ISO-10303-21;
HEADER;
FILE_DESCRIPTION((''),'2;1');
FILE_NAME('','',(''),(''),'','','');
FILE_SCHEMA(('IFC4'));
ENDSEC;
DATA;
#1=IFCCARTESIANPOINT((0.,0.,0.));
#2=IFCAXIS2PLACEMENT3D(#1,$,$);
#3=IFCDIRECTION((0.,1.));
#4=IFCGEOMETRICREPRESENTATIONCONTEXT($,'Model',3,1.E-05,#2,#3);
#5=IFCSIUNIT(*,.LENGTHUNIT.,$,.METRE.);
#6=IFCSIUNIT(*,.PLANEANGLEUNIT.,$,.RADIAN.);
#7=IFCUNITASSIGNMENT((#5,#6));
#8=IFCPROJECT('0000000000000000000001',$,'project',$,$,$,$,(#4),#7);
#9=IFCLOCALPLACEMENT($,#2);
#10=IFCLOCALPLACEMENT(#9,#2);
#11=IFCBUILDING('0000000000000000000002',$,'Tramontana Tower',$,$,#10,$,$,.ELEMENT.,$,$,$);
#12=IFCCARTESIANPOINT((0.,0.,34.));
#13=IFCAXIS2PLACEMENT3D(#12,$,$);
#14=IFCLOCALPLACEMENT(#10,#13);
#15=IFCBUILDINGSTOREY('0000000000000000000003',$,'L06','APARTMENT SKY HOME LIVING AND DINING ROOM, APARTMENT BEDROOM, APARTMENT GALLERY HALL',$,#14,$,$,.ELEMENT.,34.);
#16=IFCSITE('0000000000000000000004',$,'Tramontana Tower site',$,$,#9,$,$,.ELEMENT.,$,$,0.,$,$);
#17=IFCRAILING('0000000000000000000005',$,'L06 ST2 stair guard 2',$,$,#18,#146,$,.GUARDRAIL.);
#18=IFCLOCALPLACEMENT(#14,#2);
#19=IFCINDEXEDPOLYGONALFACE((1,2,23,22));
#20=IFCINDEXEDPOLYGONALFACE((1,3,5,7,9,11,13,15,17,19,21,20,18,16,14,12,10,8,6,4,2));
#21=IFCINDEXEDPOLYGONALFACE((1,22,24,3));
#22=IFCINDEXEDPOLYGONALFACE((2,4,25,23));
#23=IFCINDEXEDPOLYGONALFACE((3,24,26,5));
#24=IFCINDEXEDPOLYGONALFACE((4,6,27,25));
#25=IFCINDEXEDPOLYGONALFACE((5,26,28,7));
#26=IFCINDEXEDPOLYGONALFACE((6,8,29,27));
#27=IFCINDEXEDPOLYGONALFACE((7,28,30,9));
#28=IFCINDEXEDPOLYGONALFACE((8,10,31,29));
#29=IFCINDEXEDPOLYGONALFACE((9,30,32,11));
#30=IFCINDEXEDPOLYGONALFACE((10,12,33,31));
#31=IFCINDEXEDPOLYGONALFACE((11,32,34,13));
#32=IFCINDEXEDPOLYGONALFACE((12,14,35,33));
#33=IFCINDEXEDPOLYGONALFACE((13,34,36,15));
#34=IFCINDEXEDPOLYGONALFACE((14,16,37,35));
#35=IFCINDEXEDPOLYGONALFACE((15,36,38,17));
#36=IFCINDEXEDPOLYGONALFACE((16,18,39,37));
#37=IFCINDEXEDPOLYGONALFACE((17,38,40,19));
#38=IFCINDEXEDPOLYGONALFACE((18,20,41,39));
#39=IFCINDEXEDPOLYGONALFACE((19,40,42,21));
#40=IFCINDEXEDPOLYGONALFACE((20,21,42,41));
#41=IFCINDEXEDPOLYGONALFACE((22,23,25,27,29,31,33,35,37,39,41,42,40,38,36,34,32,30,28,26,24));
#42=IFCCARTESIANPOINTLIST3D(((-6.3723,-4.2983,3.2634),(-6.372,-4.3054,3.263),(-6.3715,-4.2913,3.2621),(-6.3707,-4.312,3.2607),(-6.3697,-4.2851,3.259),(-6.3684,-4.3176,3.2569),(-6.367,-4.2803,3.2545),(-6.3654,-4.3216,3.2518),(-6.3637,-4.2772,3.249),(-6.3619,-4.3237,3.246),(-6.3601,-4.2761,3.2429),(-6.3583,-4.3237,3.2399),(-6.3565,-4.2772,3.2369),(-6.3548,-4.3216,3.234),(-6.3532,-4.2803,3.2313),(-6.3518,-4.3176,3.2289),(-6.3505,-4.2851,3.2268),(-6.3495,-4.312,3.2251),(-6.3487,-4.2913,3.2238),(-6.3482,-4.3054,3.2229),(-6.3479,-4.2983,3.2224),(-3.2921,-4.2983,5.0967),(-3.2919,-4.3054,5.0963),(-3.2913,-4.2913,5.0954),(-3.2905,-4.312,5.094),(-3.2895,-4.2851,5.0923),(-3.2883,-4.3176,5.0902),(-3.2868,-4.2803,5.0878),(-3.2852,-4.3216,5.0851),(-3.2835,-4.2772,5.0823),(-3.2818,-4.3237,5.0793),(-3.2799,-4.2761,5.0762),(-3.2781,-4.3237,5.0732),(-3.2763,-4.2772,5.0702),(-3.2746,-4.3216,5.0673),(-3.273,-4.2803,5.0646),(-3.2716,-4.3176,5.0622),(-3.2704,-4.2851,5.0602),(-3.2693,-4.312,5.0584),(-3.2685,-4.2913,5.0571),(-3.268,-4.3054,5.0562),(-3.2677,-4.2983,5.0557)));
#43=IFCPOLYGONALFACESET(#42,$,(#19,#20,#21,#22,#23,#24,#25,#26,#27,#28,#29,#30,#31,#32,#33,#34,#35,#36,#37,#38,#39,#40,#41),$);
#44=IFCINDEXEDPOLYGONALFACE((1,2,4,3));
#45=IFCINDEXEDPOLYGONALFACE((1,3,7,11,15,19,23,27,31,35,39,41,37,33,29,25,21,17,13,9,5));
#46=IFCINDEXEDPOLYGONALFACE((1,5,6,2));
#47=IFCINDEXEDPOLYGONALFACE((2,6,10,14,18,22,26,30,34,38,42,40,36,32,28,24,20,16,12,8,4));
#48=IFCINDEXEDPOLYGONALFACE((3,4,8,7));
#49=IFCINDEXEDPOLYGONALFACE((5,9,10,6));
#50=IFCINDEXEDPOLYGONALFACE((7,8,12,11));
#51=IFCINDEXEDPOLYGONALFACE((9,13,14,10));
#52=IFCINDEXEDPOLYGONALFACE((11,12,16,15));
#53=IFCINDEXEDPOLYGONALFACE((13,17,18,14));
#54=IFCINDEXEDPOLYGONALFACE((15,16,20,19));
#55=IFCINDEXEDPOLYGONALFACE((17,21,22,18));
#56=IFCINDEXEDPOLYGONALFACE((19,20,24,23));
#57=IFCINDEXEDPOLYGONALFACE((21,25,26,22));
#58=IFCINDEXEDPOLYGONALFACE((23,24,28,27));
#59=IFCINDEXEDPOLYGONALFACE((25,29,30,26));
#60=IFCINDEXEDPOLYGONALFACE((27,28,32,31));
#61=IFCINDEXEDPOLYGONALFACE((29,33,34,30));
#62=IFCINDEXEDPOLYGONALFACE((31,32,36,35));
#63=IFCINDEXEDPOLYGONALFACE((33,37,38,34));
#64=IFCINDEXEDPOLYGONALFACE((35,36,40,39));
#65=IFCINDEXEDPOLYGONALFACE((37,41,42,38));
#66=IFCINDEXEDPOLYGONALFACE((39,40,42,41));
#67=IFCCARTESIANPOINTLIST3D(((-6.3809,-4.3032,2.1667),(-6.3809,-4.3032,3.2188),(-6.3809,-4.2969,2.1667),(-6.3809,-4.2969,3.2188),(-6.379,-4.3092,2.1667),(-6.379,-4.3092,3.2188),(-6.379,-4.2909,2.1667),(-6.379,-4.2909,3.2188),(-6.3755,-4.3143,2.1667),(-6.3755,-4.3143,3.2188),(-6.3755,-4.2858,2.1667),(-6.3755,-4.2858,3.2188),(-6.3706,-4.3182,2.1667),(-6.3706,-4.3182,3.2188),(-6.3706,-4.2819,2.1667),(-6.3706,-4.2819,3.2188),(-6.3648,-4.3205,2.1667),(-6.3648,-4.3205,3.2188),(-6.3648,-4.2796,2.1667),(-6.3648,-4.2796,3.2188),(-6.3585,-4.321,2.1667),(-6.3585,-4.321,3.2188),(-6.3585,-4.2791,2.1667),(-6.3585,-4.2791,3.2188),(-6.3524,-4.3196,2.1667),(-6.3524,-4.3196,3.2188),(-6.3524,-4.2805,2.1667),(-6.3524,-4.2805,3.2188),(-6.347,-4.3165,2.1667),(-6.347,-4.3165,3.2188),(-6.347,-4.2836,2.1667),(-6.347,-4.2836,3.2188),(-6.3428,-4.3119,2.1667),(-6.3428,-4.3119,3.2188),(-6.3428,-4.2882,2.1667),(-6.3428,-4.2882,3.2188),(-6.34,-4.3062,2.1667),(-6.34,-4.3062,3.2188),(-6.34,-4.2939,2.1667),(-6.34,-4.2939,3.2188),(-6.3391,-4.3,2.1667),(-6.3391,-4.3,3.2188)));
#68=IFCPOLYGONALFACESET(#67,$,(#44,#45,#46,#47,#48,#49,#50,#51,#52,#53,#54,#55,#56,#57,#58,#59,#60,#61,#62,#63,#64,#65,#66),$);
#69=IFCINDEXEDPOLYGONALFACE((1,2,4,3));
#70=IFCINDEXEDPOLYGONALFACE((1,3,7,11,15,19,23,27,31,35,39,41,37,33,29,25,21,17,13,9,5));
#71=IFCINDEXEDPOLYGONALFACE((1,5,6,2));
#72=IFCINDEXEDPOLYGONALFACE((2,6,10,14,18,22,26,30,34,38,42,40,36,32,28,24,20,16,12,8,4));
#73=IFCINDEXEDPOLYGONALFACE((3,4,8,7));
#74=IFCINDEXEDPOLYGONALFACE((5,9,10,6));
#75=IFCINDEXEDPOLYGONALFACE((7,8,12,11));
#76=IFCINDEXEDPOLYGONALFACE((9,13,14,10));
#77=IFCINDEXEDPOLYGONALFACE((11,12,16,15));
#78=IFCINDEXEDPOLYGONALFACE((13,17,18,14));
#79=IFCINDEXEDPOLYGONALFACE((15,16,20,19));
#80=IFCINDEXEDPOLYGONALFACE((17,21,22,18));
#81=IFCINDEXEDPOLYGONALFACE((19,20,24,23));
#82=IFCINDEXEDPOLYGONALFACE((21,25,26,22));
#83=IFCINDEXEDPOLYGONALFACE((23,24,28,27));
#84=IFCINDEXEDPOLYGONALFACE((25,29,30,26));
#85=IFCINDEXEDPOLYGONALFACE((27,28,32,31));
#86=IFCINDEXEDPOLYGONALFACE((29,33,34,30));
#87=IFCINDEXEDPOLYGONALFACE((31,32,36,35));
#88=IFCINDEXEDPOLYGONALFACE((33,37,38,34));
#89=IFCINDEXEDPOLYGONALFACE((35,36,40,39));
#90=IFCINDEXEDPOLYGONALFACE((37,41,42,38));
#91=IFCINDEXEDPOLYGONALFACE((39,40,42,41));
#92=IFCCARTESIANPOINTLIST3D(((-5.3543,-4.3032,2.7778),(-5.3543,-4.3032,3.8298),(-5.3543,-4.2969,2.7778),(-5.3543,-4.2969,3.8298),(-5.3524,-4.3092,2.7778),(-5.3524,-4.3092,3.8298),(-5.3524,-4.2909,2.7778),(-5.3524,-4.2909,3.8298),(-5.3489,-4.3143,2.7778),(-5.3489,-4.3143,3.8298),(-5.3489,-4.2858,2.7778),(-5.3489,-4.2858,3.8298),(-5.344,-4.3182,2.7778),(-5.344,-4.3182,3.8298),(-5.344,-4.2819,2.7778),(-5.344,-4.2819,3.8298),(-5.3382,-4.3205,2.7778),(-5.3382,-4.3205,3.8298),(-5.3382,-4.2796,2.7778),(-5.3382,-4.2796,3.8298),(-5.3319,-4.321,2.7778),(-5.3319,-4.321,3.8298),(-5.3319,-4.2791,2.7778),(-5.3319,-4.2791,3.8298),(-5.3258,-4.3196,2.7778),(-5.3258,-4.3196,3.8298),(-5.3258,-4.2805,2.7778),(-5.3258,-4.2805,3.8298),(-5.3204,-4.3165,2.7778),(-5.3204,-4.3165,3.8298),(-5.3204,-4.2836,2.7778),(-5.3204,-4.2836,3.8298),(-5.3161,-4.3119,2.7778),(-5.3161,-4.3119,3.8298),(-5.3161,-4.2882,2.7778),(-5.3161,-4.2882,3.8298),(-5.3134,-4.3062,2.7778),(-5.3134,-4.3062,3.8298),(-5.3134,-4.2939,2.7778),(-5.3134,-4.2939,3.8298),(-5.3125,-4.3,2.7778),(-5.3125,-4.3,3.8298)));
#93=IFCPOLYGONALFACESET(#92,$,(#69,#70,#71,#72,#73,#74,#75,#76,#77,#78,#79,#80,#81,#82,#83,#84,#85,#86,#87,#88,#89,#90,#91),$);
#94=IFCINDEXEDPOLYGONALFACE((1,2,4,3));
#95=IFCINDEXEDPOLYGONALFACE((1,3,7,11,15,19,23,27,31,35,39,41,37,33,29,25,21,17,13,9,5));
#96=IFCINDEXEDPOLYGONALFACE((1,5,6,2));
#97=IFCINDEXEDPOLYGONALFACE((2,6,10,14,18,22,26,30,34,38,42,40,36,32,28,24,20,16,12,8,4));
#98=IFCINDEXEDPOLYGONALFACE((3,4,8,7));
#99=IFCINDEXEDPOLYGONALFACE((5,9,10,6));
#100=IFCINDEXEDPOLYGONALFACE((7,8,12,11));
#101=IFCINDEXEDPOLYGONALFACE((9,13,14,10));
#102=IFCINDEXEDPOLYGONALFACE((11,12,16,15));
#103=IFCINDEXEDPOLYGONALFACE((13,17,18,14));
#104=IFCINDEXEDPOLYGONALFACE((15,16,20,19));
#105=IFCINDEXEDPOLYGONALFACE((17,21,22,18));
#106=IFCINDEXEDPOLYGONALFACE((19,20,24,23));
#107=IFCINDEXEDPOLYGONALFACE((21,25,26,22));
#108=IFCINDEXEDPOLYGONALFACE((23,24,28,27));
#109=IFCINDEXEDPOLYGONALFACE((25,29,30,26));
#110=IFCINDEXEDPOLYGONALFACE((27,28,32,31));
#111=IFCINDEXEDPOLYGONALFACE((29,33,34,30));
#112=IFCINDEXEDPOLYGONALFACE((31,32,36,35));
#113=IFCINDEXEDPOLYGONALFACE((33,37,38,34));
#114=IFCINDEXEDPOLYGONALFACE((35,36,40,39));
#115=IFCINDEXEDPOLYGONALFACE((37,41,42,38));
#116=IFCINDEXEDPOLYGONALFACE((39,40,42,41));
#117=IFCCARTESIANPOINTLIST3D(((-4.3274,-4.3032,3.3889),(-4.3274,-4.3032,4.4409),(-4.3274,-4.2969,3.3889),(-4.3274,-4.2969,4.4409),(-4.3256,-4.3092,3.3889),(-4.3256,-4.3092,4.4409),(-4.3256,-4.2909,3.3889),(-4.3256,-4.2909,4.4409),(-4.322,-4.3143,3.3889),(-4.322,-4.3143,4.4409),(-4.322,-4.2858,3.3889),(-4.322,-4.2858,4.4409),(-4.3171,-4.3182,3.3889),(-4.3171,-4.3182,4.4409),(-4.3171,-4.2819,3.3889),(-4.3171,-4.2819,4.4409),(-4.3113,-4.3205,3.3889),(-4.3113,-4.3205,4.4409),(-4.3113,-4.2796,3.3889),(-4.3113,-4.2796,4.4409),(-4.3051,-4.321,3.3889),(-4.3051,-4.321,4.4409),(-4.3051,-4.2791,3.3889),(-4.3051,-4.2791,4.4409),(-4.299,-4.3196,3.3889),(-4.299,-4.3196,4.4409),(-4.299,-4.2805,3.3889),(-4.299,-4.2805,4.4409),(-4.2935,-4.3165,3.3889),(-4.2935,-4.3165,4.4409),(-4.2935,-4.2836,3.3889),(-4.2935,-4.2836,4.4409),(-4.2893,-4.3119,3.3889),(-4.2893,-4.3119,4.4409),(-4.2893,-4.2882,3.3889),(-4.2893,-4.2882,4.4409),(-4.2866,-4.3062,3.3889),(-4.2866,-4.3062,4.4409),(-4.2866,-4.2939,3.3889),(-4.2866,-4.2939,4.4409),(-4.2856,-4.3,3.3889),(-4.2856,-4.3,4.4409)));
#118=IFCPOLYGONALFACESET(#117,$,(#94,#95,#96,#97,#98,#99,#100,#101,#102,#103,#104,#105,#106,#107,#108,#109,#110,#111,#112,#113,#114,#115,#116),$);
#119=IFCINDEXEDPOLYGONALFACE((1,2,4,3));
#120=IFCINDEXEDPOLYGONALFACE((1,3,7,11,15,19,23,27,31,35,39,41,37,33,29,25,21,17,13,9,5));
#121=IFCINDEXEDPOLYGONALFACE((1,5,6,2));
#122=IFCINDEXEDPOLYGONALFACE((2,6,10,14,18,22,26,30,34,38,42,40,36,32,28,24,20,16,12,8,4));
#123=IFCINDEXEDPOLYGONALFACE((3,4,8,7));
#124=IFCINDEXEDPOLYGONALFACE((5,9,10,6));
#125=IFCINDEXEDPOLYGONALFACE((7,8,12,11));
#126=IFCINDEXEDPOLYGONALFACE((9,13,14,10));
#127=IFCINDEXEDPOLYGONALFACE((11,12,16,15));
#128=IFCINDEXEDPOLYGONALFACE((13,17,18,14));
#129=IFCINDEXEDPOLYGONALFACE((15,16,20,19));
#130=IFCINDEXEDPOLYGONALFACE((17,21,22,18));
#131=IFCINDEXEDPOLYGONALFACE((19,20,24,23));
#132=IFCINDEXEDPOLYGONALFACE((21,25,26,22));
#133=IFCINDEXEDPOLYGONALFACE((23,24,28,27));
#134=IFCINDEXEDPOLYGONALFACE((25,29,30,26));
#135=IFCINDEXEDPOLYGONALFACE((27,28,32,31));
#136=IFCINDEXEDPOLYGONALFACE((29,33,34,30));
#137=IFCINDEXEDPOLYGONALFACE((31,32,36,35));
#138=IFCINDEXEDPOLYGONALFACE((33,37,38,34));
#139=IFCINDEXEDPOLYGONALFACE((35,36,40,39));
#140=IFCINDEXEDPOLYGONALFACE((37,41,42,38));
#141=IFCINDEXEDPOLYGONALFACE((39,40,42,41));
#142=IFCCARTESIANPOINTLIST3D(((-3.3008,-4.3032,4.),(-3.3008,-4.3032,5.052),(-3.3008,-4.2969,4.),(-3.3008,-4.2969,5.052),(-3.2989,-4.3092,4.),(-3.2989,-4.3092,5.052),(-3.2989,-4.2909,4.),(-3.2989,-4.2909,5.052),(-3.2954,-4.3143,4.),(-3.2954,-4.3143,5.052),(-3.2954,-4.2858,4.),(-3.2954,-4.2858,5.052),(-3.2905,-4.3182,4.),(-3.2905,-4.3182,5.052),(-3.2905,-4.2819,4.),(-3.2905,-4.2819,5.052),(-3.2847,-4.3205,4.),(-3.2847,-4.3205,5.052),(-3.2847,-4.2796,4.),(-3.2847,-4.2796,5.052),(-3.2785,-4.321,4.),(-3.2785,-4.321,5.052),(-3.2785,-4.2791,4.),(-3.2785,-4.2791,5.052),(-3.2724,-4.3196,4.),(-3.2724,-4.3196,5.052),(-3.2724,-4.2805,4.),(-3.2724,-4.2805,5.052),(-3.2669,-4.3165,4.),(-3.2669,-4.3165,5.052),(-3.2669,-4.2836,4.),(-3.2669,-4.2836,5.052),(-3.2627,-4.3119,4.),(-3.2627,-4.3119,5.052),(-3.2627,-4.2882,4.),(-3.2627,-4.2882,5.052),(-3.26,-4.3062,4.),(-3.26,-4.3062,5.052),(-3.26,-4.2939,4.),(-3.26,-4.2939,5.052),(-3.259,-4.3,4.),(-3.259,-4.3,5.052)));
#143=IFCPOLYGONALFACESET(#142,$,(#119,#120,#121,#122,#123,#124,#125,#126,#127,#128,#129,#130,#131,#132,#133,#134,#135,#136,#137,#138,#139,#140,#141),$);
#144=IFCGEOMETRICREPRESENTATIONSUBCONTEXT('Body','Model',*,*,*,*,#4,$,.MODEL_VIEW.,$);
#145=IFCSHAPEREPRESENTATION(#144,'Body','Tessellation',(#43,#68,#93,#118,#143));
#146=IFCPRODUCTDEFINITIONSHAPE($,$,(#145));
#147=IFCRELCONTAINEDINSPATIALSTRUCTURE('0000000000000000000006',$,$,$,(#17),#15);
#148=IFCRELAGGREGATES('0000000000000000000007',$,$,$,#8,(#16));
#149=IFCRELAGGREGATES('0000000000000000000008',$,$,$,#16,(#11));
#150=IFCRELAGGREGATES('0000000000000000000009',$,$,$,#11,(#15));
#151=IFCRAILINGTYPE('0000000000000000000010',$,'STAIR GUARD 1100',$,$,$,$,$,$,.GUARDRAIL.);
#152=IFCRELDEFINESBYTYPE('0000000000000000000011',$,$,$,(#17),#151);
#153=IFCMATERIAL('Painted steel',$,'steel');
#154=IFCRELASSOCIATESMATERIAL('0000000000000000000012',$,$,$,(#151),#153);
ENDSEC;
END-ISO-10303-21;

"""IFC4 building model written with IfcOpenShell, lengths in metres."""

from ifc_helpers import new_model, si_unit, direction, frame, origin, origin_2d, place, context, subcontext, project, spatial, circle, extrude, material, type_object, element, save


model = new_model("IFC4")

# Units and contexts
model_context = context("Model", 3, precision=1e-05, world=origin(), true_north=direction((0.0, 1.0)))
body_context = subcontext(model_context, "Body", "Model", "MODEL_VIEW")
ifc_project = project(units=[si_unit("LENGTHUNIT", "METRE"), si_unit("PLANEANGLEUNIT", "RADIAN")], contexts=[model_context])

# Site, building, storey
site_placement = place(None, origin())
site = spatial("IfcSite", under=ifc_project, at=site_placement, Name="Tramontana Tower site", CompositionType="ELEMENT", RefElevation=0.0)
building_placement = place(site_placement, origin())
building = spatial("IfcBuilding", under=site, at=building_placement, Name="Tramontana Tower", CompositionType="ELEMENT")
storey_placement = place(building_placement, frame((0.0, 0.0, 34.0)))
storey = spatial("IfcBuildingStorey", under=building, at=storey_placement, Name="L06", Description="APARTMENT SKY HOME LIVING AND DINING ROOM, APARTMENT BEDROOM, APARTMENT GALLERY HALL", CompositionType="ELEMENT", Elevation=34.0)

# Railing
ifc_material_1 = material(Name="Painted steel", Category="steel")
railing_type_1 = type_object("IfcRailingType", Name="STAIR GUARD 1100", PredefinedType="GUARDRAIL", material=ifc_material_1)
railing_1_placement = place(storey_placement, frame((-6.3601, -4.3, 2.1667)))
element("IfcRailing", 1, at=railing_1_placement, inside=storey, type_object=railing_type_1, Name="L06 ST2 stair guard 2", PredefinedType="GUARDRAIL", context=body_context, shape_type="SweptSolid", body=[
    extrude(circle(Radius=0.0239, at=origin_2d()), frame((0.0, 0.0, 1.0762), z_axis=(0.859309, 0.0, 0.511458), x_axis=(0.0, 1.0, 0.0)), (0.0, 0.0, 1.0), 3.5845),
    extrude(circle(Radius=0.021, at=origin_2d()), origin(), (0.0, 0.0, 1.0), 1.052),
    extrude(circle(Radius=0.021, at=origin_2d()), frame((1.0266, 0.0, 0.6111)), (0.0, 0.0, 1.0), 1.052),
    extrude(circle(Radius=0.021, at=origin_2d()), frame((2.0535, 0.0, 1.2222)), (0.0, 0.0, 1.0), 1.052),
    extrude(circle(Radius=0.021, at=origin_2d()), frame((3.0801, 0.0, 1.8333)), (0.0, 0.0, 1.0), 1.052),
])

save(model, "model.ifc")
